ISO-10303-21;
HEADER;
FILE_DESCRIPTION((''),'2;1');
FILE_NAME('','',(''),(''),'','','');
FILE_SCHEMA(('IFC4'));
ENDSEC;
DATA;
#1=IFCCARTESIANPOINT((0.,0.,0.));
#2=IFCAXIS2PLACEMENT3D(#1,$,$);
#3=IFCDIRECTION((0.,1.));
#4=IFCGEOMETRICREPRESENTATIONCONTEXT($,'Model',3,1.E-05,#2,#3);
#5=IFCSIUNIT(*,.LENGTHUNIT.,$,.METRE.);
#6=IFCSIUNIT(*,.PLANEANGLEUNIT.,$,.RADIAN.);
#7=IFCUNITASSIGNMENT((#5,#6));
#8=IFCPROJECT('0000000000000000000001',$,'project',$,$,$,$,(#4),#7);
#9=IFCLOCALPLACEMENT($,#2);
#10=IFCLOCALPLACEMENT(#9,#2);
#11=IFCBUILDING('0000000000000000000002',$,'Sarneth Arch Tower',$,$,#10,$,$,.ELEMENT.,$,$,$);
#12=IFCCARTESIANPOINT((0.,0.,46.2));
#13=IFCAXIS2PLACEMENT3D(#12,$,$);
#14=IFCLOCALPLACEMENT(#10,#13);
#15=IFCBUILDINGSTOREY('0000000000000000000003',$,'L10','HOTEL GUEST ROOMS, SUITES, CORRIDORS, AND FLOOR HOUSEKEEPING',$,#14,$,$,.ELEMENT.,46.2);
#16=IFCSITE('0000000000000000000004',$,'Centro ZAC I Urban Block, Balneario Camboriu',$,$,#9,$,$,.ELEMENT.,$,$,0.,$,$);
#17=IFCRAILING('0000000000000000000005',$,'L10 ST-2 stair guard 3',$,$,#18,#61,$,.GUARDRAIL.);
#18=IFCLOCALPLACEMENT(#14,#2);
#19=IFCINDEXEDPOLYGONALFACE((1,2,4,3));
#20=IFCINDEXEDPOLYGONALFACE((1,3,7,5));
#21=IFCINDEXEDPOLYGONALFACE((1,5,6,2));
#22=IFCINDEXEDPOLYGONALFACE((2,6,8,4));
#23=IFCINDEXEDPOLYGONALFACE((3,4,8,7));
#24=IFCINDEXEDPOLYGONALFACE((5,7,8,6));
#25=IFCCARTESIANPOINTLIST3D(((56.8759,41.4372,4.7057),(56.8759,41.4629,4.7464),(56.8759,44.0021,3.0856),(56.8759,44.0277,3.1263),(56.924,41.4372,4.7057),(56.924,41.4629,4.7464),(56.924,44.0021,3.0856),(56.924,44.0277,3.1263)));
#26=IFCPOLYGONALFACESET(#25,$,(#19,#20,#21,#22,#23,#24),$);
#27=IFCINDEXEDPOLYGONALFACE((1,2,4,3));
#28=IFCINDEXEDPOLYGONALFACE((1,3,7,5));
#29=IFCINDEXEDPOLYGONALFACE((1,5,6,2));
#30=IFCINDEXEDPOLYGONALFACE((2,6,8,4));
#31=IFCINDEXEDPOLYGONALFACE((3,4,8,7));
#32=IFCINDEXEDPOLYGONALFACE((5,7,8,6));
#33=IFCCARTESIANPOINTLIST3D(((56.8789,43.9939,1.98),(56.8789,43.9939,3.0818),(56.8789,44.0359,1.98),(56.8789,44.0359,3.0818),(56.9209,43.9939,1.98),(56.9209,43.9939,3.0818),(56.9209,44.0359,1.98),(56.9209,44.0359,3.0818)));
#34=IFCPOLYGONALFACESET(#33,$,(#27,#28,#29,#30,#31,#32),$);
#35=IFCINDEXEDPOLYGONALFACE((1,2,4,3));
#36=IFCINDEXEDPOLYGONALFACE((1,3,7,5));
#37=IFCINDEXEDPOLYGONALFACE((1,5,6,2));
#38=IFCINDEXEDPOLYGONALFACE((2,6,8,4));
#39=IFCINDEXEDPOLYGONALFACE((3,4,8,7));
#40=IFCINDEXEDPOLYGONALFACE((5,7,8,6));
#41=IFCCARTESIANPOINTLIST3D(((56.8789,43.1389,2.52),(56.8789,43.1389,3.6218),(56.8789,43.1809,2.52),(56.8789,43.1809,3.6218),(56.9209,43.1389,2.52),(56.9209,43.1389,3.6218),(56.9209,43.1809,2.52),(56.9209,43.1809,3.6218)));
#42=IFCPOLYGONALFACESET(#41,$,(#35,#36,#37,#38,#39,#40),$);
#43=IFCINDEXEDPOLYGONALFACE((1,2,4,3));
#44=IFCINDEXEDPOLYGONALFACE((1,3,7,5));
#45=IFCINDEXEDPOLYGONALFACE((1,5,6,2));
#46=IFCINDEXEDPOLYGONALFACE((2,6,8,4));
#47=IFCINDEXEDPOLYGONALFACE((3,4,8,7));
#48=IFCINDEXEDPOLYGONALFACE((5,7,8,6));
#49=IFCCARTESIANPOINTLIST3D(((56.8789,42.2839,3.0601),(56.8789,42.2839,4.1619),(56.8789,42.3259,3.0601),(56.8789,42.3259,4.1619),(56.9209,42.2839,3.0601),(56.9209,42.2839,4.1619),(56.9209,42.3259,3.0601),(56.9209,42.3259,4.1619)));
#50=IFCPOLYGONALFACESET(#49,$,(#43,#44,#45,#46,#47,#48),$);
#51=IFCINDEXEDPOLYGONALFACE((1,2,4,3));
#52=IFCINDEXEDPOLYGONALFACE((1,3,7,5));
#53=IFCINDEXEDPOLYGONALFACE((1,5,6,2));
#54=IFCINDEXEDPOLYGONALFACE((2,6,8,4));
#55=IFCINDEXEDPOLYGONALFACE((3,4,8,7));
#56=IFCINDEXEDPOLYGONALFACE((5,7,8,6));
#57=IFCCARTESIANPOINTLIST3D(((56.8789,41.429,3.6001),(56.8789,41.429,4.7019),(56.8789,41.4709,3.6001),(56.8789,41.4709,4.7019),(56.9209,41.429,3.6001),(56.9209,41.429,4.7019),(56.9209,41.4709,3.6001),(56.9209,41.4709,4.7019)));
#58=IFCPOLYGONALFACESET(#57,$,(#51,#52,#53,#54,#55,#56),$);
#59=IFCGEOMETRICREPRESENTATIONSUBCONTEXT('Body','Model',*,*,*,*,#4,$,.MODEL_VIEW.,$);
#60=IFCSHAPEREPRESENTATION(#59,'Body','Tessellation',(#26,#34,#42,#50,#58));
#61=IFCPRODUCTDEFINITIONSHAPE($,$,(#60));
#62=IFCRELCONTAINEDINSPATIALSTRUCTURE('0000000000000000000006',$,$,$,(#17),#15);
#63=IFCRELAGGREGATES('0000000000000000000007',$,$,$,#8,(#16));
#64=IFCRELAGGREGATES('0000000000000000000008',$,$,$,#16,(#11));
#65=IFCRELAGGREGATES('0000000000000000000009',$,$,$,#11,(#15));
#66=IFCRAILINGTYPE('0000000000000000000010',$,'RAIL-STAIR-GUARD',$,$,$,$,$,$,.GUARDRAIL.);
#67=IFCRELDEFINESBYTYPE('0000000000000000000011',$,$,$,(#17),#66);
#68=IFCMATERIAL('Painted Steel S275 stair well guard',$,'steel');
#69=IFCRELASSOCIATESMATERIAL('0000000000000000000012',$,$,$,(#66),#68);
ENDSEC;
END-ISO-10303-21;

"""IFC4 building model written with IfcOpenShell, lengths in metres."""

from ifc_helpers import new_model, si_unit, direction, frame, origin, origin_2d, place, context, subcontext, project, spatial, rectangle, extrude, material, type_object, element, save


model = new_model("IFC4")

# Units and contexts
model_context = context("Model", 3, precision=1e-05, world=origin(), true_north=direction((0.0, 1.0)))
body_context = subcontext(model_context, "Body", "Model", "MODEL_VIEW")
ifc_project = project(units=[si_unit("LENGTHUNIT", "METRE"), si_unit("PLANEANGLEUNIT", "RADIAN")], contexts=[model_context])

# Site, building, storey
site_placement = place(None, origin())
site = spatial("IfcSite", under=ifc_project, at=site_placement, Name="Centro ZAC I Urban Block, Balneario Camboriu", CompositionType="ELEMENT", RefElevation=0.0)
building_placement = place(site_placement, origin())
building = spatial("IfcBuilding", under=site, at=building_placement, Name="Sarneth Arch Tower", CompositionType="ELEMENT")
storey_placement = place(building_placement, frame((0.0, 0.0, 46.2)))
storey = spatial("IfcBuildingStorey", under=building, at=storey_placement, Name="L10", Description="HOTEL GUEST ROOMS, SUITES, CORRIDORS, AND FLOOR HOUSEKEEPING", CompositionType="ELEMENT", Elevation=46.2)

# Railing
ifc_material_1 = material(Name="Painted Steel S275 stair well guard", Category="steel")
railing_type_1 = type_object("IfcRailingType", Name="RAIL-STAIR-GUARD", PredefinedType="GUARDRAIL", material=ifc_material_1)
railing_1_placement = place(storey_placement, frame((56.8999, 44.0149, 1.98)))
element("IfcRailing", 1, at=railing_1_placement, inside=storey, type_object=railing_type_1, Name="L10 ST-2 stair guard 3", PredefinedType="GUARDRAIL", context=body_context, shape_type="SweptSolid", body=[
    extrude(rectangle(XDim=0.0481, YDim=0.0481, at=origin_2d()), frame((0.0, 0.0, 1.126), z_axis=(0.0, -0.845466, 0.534029), x_axis=(1.0, 0.0, 0.0)), (0.0, 0.0, 1.0), 3.0337),
    extrude(rectangle(XDim=0.042, YDim=0.042, at=origin_2d()), origin(), (0.0, 0.0, 1.0), 1.1018),
    extrude(rectangle(XDim=0.042, YDim=0.042, at=origin_2d()), frame((0.0, -0.855, 0.54)), (0.0, 0.0, 1.0), 1.1018),
    extrude(rectangle(XDim=0.042, YDim=0.042, at=origin_2d()), frame((0.0, -1.71, 1.0801)), (0.0, 0.0, 1.0), 1.1018),
    extrude(rectangle(XDim=0.042, YDim=0.042, at=origin_2d()), frame((0.0, -2.5649, 1.6201)), (0.0, 0.0, 1.0), 1.1018),
])

save(model, "model.ifc")
